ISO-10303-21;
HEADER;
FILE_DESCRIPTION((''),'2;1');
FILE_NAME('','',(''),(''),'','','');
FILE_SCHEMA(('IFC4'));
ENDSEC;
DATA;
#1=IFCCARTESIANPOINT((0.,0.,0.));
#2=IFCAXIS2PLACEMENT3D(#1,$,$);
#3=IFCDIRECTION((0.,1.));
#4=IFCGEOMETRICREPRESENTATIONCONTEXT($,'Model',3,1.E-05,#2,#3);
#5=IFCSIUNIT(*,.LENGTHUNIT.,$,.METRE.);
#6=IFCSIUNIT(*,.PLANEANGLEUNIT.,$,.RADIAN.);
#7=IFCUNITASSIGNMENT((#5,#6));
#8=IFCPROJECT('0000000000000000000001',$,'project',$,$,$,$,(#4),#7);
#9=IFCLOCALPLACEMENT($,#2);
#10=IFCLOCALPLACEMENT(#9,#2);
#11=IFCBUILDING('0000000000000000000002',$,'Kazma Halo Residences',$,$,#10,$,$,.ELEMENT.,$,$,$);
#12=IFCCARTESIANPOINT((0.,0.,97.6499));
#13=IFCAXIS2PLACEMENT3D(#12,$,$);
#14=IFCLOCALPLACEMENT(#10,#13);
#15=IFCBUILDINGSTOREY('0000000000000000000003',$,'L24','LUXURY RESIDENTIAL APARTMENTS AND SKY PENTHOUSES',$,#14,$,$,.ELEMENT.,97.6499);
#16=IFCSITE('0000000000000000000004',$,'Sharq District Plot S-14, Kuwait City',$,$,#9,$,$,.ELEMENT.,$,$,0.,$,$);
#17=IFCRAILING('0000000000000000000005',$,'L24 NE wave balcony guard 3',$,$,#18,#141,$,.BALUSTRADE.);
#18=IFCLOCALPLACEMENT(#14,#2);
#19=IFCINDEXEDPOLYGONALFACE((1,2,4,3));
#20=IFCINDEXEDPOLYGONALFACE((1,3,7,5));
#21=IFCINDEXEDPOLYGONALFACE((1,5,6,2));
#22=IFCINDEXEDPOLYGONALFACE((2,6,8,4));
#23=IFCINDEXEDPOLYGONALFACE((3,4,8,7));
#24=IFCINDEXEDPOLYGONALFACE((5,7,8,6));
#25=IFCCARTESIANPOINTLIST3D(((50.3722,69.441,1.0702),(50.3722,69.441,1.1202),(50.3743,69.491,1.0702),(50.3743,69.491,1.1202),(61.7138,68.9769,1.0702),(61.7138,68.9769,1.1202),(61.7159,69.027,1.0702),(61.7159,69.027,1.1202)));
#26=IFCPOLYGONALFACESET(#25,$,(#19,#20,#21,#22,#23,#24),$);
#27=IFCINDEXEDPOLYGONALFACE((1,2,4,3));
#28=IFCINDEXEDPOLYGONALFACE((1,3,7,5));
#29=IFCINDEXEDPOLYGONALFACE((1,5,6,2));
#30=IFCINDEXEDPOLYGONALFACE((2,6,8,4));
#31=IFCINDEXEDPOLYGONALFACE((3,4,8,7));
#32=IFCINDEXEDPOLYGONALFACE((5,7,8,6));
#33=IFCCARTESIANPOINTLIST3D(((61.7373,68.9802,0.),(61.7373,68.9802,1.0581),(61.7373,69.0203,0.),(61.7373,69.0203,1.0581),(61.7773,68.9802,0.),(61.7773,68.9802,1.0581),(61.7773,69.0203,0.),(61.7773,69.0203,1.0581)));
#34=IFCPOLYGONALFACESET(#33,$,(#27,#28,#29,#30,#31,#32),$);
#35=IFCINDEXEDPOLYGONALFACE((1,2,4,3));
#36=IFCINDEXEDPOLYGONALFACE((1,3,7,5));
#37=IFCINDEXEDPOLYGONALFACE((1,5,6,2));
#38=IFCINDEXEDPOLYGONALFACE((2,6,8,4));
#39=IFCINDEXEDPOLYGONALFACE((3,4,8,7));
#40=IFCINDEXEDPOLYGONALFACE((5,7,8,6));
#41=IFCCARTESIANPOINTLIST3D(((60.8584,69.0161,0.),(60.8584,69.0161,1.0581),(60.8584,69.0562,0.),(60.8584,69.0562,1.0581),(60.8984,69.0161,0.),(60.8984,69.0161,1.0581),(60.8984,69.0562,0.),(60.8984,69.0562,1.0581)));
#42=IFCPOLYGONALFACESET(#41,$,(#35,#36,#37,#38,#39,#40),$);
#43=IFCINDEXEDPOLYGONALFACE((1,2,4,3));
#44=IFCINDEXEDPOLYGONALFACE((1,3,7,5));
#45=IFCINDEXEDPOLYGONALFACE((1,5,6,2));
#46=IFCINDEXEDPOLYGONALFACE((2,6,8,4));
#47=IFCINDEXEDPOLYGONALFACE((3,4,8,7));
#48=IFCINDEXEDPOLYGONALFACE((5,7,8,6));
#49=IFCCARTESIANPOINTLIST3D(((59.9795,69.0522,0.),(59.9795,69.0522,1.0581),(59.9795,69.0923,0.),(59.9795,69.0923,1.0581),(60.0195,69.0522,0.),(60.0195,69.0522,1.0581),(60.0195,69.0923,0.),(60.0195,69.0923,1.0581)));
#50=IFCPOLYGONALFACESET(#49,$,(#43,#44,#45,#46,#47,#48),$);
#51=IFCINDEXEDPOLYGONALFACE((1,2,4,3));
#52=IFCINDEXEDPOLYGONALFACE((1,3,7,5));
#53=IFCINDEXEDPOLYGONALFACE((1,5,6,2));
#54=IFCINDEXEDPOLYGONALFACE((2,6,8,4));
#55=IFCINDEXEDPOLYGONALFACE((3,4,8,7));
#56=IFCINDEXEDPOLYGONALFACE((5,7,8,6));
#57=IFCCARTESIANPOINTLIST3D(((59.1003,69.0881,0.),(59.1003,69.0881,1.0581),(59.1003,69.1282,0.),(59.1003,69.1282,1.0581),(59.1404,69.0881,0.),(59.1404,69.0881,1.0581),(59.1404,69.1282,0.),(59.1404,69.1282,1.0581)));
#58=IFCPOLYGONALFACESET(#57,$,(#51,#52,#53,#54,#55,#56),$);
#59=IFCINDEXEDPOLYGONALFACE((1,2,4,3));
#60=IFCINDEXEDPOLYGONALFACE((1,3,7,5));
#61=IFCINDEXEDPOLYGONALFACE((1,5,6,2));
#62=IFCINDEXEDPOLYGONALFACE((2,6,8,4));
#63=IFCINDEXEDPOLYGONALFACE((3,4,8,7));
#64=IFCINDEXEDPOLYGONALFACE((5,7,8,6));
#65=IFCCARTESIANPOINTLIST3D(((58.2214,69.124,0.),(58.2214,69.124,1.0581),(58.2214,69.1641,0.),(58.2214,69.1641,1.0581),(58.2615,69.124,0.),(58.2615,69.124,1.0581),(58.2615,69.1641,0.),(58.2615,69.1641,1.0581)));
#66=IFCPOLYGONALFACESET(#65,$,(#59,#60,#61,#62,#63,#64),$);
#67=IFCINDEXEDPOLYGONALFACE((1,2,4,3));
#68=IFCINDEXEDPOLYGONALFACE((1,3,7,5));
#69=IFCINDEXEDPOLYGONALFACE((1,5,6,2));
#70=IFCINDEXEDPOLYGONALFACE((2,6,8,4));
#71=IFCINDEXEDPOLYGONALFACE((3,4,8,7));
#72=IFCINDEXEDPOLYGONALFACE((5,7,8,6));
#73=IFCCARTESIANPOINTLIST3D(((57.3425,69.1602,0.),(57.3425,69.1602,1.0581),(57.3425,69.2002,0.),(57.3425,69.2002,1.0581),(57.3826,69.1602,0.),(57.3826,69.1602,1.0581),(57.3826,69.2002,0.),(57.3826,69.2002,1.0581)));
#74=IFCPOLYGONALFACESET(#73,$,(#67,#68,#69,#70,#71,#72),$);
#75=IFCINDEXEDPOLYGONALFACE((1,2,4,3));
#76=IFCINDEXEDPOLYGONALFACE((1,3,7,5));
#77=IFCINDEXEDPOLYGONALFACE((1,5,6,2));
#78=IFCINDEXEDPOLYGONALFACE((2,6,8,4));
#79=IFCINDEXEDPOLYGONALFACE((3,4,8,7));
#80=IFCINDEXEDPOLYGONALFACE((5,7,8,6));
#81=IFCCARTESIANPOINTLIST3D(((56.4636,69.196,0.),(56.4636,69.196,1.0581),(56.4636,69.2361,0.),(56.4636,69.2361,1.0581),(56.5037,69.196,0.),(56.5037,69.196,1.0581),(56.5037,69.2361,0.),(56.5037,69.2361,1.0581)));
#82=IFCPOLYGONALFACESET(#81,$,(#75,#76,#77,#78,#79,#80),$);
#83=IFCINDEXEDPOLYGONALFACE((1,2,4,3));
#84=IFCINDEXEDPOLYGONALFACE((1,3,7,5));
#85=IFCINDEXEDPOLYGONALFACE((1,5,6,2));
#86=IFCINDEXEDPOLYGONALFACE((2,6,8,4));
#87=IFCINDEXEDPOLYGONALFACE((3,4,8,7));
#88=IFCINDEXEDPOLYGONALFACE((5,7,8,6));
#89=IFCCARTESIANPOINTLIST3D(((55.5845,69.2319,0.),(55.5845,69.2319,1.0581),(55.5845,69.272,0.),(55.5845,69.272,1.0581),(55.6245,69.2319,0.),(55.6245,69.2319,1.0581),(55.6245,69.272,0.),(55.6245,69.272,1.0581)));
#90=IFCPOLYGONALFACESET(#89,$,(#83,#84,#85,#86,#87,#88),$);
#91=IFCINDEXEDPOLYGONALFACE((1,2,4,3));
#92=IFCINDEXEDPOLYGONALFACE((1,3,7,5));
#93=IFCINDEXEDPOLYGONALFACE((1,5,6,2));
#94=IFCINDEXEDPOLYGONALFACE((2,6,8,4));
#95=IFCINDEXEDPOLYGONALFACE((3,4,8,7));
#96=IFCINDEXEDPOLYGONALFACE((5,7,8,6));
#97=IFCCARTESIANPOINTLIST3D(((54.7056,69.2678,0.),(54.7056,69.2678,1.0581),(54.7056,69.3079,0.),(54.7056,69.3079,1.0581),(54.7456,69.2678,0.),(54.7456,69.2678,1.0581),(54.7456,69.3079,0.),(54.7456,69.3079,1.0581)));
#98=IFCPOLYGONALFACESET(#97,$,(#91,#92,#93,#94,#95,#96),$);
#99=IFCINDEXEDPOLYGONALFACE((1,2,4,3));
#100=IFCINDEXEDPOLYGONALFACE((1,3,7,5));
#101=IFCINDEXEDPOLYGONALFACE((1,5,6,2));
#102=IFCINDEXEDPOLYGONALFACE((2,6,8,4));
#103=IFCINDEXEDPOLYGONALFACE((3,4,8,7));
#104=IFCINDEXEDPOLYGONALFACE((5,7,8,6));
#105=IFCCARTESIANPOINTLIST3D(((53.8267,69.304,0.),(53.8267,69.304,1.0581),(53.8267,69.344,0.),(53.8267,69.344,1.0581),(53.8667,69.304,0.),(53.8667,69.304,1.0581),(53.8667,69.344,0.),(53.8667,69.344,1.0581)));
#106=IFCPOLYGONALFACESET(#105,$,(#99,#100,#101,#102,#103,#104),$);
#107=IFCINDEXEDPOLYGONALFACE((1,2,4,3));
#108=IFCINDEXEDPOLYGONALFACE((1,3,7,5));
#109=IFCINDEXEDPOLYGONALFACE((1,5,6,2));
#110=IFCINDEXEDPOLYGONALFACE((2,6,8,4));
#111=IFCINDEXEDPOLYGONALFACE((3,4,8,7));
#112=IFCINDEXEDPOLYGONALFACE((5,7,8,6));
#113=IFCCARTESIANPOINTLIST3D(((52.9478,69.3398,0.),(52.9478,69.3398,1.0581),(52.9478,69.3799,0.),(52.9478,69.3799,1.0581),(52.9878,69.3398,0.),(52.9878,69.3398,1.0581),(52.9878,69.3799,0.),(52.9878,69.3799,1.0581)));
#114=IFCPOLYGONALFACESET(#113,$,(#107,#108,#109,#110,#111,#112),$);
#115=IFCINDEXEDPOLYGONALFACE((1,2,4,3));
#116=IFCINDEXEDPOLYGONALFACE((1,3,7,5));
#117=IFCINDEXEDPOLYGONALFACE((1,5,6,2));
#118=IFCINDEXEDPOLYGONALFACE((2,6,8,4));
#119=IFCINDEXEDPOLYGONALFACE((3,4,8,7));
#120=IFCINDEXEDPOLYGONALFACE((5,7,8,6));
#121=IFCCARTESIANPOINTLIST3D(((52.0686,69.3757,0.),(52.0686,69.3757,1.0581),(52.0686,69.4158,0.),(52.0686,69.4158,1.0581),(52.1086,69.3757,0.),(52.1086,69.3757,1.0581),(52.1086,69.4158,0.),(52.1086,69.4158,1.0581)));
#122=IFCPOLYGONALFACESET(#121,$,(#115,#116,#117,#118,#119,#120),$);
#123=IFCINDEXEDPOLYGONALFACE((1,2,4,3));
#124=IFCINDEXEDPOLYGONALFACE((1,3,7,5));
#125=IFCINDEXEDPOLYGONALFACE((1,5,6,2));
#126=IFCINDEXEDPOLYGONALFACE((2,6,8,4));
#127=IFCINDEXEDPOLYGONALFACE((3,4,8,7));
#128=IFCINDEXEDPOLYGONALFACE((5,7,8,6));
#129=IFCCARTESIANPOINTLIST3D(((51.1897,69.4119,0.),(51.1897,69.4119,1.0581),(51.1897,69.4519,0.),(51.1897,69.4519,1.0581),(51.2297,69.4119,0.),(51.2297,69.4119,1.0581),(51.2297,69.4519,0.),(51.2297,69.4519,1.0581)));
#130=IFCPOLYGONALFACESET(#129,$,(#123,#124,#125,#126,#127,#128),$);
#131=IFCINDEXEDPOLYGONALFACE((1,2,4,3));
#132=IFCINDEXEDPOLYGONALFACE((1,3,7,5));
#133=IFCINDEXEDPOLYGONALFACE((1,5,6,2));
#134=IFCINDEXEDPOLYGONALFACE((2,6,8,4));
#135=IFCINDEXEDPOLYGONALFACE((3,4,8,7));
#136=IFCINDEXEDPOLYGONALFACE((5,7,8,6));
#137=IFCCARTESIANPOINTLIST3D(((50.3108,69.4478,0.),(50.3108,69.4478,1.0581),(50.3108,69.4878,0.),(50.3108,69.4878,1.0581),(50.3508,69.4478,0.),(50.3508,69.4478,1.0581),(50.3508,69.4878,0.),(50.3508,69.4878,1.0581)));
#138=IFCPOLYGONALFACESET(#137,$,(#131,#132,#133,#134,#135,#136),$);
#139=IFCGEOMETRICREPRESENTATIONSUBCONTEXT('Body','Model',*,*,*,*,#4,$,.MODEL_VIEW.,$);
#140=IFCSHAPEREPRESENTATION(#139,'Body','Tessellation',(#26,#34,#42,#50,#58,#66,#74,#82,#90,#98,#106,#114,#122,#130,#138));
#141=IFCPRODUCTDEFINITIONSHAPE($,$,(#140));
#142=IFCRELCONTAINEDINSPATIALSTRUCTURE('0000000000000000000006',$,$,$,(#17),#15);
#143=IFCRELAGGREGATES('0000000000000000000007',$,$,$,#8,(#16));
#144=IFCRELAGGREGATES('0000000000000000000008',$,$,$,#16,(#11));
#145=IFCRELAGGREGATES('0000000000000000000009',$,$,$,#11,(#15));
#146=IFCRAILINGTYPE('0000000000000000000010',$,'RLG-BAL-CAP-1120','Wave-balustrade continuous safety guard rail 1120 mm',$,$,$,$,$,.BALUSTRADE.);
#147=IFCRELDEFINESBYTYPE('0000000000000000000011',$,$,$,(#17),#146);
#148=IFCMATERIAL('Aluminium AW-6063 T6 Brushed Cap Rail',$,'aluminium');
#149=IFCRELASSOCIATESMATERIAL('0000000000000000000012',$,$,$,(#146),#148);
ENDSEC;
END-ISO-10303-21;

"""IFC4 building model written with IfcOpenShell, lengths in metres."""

from ifc_helpers import new_model, si_unit, direction, frame, origin, origin_2d, place, context, subcontext, project, spatial, rectangle, extrude, material, type_object, element, save


model = new_model("IFC4")

# Units and contexts
model_context = context("Model", 3, precision=1e-05, world=origin(), true_north=direction((0.0, 1.0)))
body_context = subcontext(model_context, "Body", "Model", "MODEL_VIEW")
ifc_project = project(units=[si_unit("LENGTHUNIT", "METRE"), si_unit("PLANEANGLEUNIT", "RADIAN")], contexts=[model_context])

# Site, building, storey
site_placement = place(None, origin())
site = spatial("IfcSite", under=ifc_project, at=site_placement, Name="Sharq District Plot S-14, Kuwait City", CompositionType="ELEMENT", RefElevation=0.0)
building_placement = place(site_placement, origin())
building = spatial("IfcBuilding", under=site, at=building_placement, Name="Kazma Halo Residences", CompositionType="ELEMENT")
storey_placement = place(building_placement, frame((0.0, 0.0, 97.6499)))
storey = spatial("IfcBuildingStorey", under=building, at=storey_placement, Name="L24", Description="LUXURY RESIDENTIAL APARTMENTS AND SKY PENTHOUSES", CompositionType="ELEMENT", Elevation=97.6499)

# Railing
ifc_material_1 = material(Name="Aluminium AW-6063 T6 Brushed Cap Rail", Category="aluminium")
railing_type = type_object("IfcRailingType", Name="RLG-BAL-CAP-1120", Description="Wave-balustrade continuous safety guard rail 1120 mm", PredefinedType="BALUSTRADE", material=ifc_material_1)
railing_1_placement = place(storey_placement, frame((61.7573, 69.0002, 0.0)))
element("IfcRailing", 1, at=railing_1_placement, inside=storey, type_object=railing_type, Name="L24 NE wave balcony guard 3", PredefinedType="BALUSTRADE", context=body_context, shape_type="SweptSolid", body=[
    extrude(rectangle(XDim=0.05, YDim=0.05, at=origin_2d()), frame((-0.0425, 0.0017, 1.0952), z_axis=(-0.999164, 0.040882, 0.0), x_axis=(-0.040882, -0.999164, 0.0)), (0.0, 0.0, 1.0), 11.3511),
    extrude(rectangle(XDim=0.04, YDim=0.04, at=origin_2d()), origin(), (0.0, 0.0, 1.0), 1.0581),
    extrude(rectangle(XDim=0.04, YDim=0.04, at=origin_2d()), frame((-0.8789, 0.0359, 0.0)), (0.0, 0.0, 1.0), 1.0581),
    extrude(rectangle(XDim=0.04, YDim=0.04, at=origin_2d()), frame((-1.7578, 0.072, 0.0)), (0.0, 0.0, 1.0), 1.0581),
    extrude(rectangle(XDim=0.04, YDim=0.04, at=origin_2d()), frame((-2.637, 0.1079, 0.0)), (0.0, 0.0, 1.0), 1.0581),
    extrude(rectangle(XDim=0.04, YDim=0.04, at=origin_2d()), frame((-3.5159, 0.1438, 0.0)), (0.0, 0.0, 1.0), 1.0581),
    extrude(rectangle(XDim=0.04, YDim=0.04, at=origin_2d()), frame((-4.3948, 0.1799, 0.0)), (0.0, 0.0, 1.0), 1.0581),
    extrude(rectangle(XDim=0.04, YDim=0.04, at=origin_2d()), frame((-5.2737, 0.2158, 0.0)), (0.0, 0.0, 1.0), 1.0581),
    extrude(rectangle(XDim=0.04, YDim=0.04, at=origin_2d()), frame((-6.1528, 0.2517, 0.0)), (0.0, 0.0, 1.0), 1.0581),
    extrude(rectangle(XDim=0.04, YDim=0.04, at=origin_2d()), frame((-7.0317, 0.2876, 0.0)), (0.0, 0.0, 1.0), 1.0581),
    extrude(rectangle(XDim=0.04, YDim=0.04, at=origin_2d()), frame((-7.9106, 0.3237, 0.0)), (0.0, 0.0, 1.0), 1.0581),
    extrude(rectangle(XDim=0.04, YDim=0.04, at=origin_2d()), frame((-8.7896, 0.3596, 0.0)), (0.0, 0.0, 1.0), 1.0581),
    extrude(rectangle(XDim=0.04, YDim=0.04, at=origin_2d()), frame((-9.6687, 0.3955, 0.0)), (0.0, 0.0, 1.0), 1.0581),
    extrude(rectangle(XDim=0.04, YDim=0.04, at=origin_2d()), frame((-10.5476, 0.4316, 0.0)), (0.0, 0.0, 1.0), 1.0581),
    extrude(rectangle(XDim=0.04, YDim=0.04, at=origin_2d()), frame((-11.4265, 0.4675, 0.0)), (0.0, 0.0, 1.0), 1.0581),
])

save(model, "model.ifc")
